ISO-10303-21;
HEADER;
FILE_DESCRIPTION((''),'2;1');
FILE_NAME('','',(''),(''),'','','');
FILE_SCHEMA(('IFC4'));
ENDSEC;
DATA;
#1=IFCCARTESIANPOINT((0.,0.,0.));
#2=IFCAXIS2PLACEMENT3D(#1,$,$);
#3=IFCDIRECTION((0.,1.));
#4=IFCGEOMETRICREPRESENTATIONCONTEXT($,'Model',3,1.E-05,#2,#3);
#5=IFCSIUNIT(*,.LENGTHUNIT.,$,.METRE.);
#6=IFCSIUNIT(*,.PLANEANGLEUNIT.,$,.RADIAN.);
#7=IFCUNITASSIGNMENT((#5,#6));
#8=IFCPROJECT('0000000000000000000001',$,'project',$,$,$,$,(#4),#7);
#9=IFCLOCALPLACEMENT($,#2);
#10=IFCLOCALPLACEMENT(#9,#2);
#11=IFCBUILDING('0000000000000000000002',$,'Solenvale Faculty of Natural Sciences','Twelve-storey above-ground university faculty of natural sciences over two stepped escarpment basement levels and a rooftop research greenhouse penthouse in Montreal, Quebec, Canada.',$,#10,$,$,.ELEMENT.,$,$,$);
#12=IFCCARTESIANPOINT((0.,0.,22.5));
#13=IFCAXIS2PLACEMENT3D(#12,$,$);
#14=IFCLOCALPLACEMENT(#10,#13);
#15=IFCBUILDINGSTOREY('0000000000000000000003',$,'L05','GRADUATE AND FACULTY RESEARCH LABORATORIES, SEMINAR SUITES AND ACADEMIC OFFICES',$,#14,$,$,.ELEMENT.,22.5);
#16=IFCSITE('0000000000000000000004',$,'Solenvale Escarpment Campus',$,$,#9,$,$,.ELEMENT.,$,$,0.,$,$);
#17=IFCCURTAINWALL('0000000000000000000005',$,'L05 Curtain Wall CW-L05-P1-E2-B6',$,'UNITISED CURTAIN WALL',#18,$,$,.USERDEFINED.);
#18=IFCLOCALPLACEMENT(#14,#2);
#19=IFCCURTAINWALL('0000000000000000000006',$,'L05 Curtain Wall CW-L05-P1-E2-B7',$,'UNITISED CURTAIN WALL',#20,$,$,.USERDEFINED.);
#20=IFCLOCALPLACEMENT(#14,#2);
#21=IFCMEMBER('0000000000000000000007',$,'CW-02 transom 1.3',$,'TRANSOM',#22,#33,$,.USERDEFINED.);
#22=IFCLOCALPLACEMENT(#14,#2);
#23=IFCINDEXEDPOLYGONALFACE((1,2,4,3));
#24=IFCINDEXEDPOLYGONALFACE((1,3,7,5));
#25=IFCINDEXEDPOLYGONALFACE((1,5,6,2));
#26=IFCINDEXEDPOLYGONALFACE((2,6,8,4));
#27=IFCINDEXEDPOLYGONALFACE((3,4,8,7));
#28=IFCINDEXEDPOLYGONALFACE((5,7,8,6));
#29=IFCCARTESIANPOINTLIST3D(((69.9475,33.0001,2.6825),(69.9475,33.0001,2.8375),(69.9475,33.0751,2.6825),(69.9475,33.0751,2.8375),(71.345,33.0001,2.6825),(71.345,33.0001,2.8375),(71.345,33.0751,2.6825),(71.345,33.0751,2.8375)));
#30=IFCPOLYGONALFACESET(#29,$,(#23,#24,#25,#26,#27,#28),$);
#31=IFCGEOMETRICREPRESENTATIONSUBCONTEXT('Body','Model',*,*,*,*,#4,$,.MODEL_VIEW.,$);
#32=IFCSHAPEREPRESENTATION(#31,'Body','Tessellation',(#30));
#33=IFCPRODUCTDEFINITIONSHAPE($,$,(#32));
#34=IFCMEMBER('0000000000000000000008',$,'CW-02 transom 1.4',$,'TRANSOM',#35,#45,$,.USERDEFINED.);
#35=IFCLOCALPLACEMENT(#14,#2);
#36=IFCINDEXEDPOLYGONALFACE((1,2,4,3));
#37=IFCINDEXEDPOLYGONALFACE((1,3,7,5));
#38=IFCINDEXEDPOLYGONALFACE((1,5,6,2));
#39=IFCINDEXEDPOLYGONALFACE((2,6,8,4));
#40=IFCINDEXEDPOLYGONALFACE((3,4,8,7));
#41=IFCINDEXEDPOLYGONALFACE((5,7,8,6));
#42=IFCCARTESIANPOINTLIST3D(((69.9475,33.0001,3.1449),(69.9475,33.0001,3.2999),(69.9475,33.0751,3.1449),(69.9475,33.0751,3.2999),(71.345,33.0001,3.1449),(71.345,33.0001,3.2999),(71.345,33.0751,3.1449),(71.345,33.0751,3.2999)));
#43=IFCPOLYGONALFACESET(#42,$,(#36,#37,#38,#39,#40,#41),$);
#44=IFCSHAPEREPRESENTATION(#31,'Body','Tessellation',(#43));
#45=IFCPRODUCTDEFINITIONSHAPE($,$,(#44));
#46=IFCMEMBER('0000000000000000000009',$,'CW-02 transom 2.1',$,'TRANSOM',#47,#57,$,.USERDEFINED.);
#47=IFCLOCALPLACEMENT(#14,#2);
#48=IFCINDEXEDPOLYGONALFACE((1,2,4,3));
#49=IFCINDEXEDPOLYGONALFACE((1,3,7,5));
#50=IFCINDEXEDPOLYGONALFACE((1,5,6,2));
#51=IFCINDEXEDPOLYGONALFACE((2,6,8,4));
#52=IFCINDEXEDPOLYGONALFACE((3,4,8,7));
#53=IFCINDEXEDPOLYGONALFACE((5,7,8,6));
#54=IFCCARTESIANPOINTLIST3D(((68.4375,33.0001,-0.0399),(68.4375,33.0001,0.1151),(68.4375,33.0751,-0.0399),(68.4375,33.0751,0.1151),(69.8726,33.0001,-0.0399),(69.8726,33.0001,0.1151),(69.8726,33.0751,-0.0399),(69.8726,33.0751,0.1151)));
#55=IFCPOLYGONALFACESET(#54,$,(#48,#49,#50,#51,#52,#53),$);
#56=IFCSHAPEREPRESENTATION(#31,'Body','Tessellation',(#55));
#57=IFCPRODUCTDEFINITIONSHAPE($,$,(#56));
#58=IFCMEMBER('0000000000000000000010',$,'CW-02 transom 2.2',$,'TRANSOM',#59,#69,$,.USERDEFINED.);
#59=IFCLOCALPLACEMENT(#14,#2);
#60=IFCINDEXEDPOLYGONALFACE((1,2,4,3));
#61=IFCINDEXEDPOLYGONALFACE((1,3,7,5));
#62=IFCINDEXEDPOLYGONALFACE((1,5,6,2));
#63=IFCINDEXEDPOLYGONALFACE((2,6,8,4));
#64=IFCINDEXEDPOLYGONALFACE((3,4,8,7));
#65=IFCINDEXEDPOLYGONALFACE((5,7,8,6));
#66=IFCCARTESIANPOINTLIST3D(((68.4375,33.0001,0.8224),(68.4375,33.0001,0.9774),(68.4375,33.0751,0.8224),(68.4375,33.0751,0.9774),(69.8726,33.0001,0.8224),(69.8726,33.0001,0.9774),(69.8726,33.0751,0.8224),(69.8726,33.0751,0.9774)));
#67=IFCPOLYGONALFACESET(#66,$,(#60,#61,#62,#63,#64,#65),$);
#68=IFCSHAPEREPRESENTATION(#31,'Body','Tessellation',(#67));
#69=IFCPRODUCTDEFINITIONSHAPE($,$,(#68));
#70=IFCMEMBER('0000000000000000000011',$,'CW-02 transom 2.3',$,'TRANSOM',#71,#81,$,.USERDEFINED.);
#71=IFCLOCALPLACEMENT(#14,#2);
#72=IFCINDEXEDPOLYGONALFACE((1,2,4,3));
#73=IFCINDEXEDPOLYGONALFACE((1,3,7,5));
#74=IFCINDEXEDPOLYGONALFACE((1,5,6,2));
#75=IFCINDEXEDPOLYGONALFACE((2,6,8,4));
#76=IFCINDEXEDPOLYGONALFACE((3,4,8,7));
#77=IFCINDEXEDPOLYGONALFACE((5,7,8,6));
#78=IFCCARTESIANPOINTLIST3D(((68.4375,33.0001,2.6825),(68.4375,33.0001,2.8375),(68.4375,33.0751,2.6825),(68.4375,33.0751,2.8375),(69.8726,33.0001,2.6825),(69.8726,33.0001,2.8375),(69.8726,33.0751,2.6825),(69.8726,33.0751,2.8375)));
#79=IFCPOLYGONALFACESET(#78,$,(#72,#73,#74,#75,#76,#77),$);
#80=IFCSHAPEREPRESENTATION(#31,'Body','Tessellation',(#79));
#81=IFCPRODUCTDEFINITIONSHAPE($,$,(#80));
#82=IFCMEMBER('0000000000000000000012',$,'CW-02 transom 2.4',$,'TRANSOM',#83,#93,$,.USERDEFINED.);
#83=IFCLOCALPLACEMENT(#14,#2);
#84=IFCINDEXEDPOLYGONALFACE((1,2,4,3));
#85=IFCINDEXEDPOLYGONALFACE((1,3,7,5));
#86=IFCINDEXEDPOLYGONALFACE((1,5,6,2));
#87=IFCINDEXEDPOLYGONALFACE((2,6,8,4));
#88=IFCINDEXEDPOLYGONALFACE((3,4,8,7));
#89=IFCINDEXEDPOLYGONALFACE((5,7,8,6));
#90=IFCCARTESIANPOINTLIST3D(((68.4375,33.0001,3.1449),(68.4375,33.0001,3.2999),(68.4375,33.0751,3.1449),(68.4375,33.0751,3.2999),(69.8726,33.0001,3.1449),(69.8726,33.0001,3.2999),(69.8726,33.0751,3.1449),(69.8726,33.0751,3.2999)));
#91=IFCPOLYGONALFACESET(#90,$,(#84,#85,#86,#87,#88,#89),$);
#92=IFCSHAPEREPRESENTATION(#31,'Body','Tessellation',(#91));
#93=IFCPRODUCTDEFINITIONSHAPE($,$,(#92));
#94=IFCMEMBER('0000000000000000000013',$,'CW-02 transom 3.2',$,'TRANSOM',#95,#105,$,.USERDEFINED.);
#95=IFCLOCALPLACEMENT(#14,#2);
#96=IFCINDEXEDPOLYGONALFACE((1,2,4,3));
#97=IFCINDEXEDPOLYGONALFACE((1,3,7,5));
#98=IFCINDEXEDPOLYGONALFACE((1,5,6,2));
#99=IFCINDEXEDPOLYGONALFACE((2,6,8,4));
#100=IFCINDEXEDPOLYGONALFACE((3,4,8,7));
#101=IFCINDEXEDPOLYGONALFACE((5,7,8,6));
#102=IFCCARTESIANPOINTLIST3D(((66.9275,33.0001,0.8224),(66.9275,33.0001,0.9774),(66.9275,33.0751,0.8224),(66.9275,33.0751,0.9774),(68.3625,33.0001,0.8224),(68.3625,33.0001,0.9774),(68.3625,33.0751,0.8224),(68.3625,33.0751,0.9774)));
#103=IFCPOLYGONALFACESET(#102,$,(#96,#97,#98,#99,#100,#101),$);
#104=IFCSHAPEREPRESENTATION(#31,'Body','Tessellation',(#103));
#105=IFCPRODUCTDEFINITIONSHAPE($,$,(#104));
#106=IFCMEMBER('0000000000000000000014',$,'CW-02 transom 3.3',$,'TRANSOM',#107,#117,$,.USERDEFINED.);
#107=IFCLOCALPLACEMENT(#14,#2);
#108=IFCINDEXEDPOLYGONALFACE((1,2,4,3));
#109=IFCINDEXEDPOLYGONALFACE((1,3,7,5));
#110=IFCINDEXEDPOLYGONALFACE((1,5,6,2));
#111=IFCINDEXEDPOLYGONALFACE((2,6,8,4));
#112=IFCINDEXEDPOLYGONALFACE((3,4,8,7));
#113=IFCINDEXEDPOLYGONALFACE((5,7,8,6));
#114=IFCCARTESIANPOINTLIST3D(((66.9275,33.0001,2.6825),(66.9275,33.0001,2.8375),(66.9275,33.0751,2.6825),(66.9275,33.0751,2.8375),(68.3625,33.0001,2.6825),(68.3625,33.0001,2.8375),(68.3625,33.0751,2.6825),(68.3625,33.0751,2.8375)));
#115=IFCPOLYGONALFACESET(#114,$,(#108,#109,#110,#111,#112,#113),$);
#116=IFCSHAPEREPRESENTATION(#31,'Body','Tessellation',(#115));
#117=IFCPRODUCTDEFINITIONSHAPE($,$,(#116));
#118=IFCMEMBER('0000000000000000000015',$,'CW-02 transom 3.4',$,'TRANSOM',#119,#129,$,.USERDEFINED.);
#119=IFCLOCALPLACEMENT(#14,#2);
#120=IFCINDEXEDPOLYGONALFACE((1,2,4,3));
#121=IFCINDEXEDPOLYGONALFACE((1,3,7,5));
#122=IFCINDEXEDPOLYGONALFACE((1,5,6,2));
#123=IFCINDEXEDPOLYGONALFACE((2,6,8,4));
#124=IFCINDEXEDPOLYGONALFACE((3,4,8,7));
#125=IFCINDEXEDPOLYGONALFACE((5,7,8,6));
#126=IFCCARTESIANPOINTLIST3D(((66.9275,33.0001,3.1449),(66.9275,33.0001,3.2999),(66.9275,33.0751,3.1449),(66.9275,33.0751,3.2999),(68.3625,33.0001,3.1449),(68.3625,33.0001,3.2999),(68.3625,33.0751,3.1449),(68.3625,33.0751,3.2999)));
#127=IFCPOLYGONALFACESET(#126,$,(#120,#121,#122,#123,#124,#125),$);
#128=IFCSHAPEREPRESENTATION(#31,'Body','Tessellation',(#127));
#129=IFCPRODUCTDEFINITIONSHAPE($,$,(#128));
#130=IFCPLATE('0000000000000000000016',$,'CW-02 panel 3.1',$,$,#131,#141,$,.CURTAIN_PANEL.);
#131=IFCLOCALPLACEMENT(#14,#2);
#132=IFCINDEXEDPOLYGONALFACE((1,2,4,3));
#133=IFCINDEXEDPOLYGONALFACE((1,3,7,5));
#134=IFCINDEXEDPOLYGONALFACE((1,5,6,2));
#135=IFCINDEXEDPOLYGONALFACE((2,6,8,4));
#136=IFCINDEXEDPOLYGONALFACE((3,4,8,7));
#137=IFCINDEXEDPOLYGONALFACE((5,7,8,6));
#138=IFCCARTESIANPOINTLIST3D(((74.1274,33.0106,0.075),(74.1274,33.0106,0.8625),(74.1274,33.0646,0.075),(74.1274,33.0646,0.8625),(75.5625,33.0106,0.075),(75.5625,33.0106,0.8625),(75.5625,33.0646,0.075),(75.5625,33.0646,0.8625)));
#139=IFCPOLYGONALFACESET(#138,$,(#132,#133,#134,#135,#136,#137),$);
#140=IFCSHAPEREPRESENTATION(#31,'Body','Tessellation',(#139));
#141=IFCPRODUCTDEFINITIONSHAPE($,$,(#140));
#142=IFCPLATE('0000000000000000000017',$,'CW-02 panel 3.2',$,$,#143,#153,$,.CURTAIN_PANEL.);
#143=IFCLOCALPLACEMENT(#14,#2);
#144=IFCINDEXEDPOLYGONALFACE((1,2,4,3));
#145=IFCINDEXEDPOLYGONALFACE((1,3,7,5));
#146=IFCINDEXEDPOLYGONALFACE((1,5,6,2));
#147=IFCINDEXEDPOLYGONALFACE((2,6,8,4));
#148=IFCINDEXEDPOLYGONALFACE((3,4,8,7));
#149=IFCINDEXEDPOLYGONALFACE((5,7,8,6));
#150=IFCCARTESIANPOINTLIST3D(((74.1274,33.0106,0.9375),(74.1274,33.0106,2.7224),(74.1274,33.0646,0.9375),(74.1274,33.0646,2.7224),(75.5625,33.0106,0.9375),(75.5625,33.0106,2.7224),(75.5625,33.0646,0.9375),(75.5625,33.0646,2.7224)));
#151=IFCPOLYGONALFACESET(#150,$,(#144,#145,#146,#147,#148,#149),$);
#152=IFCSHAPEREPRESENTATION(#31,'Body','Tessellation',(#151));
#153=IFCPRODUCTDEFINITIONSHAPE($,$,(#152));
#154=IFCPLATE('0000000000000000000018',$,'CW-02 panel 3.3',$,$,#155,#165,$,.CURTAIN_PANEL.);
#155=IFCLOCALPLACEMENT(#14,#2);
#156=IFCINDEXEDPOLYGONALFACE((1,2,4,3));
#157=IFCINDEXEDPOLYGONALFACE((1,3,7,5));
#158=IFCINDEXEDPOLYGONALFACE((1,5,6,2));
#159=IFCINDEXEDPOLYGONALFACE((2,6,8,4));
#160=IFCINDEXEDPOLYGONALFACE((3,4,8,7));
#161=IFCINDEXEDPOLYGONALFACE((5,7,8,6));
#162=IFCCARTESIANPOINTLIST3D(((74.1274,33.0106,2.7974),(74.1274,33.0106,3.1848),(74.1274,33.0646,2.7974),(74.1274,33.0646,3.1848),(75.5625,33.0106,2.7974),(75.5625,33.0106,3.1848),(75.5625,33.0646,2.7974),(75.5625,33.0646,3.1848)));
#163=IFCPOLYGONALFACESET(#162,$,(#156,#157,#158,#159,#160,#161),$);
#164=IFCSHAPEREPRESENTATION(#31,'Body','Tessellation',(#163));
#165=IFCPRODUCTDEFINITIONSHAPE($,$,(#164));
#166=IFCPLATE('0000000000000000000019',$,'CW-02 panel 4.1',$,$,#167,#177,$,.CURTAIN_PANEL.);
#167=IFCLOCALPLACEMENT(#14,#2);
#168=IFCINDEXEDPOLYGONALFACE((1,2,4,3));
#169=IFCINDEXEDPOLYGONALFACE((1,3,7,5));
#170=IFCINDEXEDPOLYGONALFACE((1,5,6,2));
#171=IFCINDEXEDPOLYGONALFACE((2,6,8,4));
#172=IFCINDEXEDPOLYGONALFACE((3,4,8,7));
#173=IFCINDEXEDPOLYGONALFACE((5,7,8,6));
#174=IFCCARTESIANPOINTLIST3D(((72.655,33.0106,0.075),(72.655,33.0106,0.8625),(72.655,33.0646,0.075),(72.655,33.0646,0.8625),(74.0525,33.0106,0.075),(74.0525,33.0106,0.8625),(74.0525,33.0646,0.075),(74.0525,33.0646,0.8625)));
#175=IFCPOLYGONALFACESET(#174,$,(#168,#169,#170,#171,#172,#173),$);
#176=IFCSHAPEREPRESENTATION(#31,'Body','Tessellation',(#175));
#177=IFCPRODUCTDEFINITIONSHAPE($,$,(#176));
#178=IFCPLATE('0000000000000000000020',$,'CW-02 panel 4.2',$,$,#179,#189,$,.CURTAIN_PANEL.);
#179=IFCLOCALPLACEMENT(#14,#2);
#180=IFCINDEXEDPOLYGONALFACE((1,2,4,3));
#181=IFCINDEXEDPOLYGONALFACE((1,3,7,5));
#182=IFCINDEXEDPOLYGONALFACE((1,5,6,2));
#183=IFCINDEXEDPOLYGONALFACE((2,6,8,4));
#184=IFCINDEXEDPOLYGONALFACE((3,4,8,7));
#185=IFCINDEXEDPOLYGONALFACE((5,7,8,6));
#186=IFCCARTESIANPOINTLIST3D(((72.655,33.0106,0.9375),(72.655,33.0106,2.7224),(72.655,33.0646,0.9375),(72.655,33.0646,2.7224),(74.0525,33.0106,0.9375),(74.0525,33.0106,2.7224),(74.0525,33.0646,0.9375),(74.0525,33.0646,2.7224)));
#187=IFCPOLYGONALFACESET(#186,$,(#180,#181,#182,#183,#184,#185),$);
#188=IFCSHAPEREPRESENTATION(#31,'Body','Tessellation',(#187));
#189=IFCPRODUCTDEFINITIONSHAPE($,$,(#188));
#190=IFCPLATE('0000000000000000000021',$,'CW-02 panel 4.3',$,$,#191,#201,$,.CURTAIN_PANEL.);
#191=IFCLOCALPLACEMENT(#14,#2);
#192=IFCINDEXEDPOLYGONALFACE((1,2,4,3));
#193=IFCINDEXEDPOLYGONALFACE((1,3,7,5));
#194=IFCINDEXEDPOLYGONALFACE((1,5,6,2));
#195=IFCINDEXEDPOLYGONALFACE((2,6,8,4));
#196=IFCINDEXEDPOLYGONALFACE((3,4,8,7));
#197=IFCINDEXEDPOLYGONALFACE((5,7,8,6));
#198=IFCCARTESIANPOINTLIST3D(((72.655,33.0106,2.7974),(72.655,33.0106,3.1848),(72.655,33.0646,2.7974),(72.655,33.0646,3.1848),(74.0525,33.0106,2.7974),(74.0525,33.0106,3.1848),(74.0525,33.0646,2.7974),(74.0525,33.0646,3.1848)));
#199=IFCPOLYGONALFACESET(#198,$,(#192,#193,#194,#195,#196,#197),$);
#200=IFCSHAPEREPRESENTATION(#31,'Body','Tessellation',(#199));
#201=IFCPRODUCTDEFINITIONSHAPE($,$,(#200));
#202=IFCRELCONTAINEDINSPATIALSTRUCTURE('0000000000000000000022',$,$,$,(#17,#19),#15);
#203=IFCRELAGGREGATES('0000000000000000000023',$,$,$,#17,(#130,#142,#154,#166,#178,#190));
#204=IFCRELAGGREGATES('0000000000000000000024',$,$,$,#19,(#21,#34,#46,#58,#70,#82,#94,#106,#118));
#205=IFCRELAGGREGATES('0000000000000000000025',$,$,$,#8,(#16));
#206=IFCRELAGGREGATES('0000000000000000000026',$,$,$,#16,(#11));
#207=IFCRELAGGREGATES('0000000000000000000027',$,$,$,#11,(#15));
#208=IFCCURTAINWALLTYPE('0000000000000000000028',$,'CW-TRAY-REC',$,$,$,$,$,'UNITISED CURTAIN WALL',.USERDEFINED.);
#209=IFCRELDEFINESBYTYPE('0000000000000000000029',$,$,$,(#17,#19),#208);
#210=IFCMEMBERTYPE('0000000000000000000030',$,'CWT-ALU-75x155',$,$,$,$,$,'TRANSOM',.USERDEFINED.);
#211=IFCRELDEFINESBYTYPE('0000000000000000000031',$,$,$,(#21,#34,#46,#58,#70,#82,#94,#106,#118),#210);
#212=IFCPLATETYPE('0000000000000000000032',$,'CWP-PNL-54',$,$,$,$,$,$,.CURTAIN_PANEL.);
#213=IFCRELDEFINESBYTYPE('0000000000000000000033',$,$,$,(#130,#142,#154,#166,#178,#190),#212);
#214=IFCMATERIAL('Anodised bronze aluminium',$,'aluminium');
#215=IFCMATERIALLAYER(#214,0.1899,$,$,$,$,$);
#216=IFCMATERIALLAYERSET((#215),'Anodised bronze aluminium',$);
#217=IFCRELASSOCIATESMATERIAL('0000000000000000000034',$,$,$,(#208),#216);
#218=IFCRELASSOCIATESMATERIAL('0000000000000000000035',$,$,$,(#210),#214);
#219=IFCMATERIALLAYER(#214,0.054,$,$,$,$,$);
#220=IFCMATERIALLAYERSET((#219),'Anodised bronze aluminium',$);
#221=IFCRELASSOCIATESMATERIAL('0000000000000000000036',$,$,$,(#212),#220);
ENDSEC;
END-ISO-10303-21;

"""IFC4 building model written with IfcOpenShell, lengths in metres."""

from ifc_helpers import new_model, si_unit, direction, frame, origin, origin_2d, place, context, subcontext, project, spatial, rectangle, extrude, material, layer, layer_set, material_profile, profile_set, type_object, element, aggregate, save


model = new_model("IFC4")

# Units and contexts
model_context = context("Model", 3, precision=1e-05, world=origin(), true_north=direction((0.0, 1.0)))
body_context = subcontext(model_context, "Body", "Model", "MODEL_VIEW")
ifc_project = project(units=[si_unit("LENGTHUNIT", "METRE"), si_unit("PLANEANGLEUNIT", "RADIAN")], contexts=[model_context])

# Site, building, storey
site_placement = place(None, origin())
site = spatial("IfcSite", under=ifc_project, at=site_placement, Name="Solenvale Escarpment Campus", CompositionType="ELEMENT", RefElevation=0.0)
building_placement = place(site_placement, origin())
building = spatial("IfcBuilding", under=site, at=building_placement, Name="Solenvale Faculty of Natural Sciences", Description="Twelve-storey above-ground university faculty of natural sciences over two stepped escarpment basement levels and a rooftop research greenhouse penthouse in Montreal, Quebec, Canada.", CompositionType="ELEMENT")
storey_placement = place(building_placement, frame((0.0, 0.0, 22.5)))
storey = spatial("IfcBuildingStorey", under=building, at=storey_placement, Name="L05", Description="GRADUATE AND FACULTY RESEARCH LABORATORIES, SEMINAR SUITES AND ACADEMIC OFFICES", CompositionType="ELEMENT", Elevation=22.5)

# Curtain walls
ifc_material_1 = material(Name="Anodised bronze aluminium", Category="aluminium")
ifc_layer_1 = layer(ifc_material_1, 0.1899)
ifc_layer_set_1 = layer_set([ifc_layer_1], Name="Anodised bronze aluminium")
curtain_wall_type = type_object("IfcCurtainWallType", Name="CW-TRAY-REC", ElementType="UNITISED CURTAIN WALL", PredefinedType="USERDEFINED", material=ifc_layer_set_1)
curtain_wall_1_placement = place(storey_placement, origin())
curtain_wall_1 = element("IfcCurtainWall", 1, at=curtain_wall_1_placement, inside=storey, type_object=curtain_wall_type, Name="L05 Curtain Wall CW-L05-P1-E2-B6", ObjectType="UNITISED CURTAIN WALL", PredefinedType="USERDEFINED")
curtain_wall_2_placement = place(storey_placement, origin())
curtain_wall_2 = element("IfcCurtainWall", 2, at=curtain_wall_2_placement, inside=storey, type_object=curtain_wall_type, Name="L05 Curtain Wall CW-L05-P1-E2-B7", ObjectType="UNITISED CURTAIN WALL", PredefinedType="USERDEFINED")

# Members
ifc_material_profile_1 = material_profile(ifc_material_1, rectangle(XDim=0.075, YDim=0.155, at=origin_2d()), Name="ALU-TRN-75x155")
ifc_profile_set_1 = profile_set([ifc_material_profile_1], Name="Anodised bronze aluminium")
member_type_1 = type_object("IfcMemberType", Name="CWT-ALU-75x155", ElementType="TRANSOM", PredefinedType="USERDEFINED", material=ifc_profile_set_1)
member_1_placement = place(storey_placement, frame((71.345, 33.0376, 2.76), z_axis=(-1.0, 0.0, 0.0), x_axis=(0.0, -1.0, 0.0)))
member_1 = element("IfcMember", 3, at=member_1_placement, type_object=member_type_1, Name="CW-02 transom 1.3", ObjectType="TRANSOM", PredefinedType="USERDEFINED", context=body_context, shape_type="SweptSolid", body=[
    extrude(rectangle(XDim=0.075, YDim=0.155, at=origin_2d()), origin(), (0.0, 0.0, 1.0), 1.3975),
])
member_2_placement = place(storey_placement, frame((71.345, 33.0376, 3.2224), z_axis=(-1.0, 0.0, 0.0), x_axis=(0.0, -1.0, 0.0)))
member_2 = element("IfcMember", 4, at=member_2_placement, type_object=member_type_1, Name="CW-02 transom 1.4", ObjectType="TRANSOM", PredefinedType="USERDEFINED", context=body_context, shape_type="SweptSolid", body=[
    extrude(rectangle(XDim=0.075, YDim=0.155, at=origin_2d()), origin(), (0.0, 0.0, 1.0), 1.3975),
])
member_3_placement = place(storey_placement, frame((69.8726, 33.0376, 0.0376), z_axis=(-1.0, 0.0, 0.0), x_axis=(0.0, -1.0, 0.0)))
member_3 = element("IfcMember", 5, at=member_3_placement, type_object=member_type_1, Name="CW-02 transom 2.1", ObjectType="TRANSOM", PredefinedType="USERDEFINED", context=body_context, shape_type="SweptSolid", body=[
    extrude(rectangle(XDim=0.075, YDim=0.155, at=origin_2d()), origin(), (0.0, 0.0, 1.0), 1.4351),
])
member_4_placement = place(storey_placement, frame((69.8726, 33.0376, 0.8999), z_axis=(-1.0, 0.0, 0.0), x_axis=(0.0, -1.0, 0.0)))
member_4 = element("IfcMember", 6, at=member_4_placement, type_object=member_type_1, Name="CW-02 transom 2.2", ObjectType="TRANSOM", PredefinedType="USERDEFINED", context=body_context, shape_type="SweptSolid", body=[
    extrude(rectangle(XDim=0.075, YDim=0.155, at=origin_2d()), origin(), (0.0, 0.0, 1.0), 1.4351),
])
member_5_placement = place(storey_placement, frame((69.8726, 33.0376, 2.76), z_axis=(-1.0, 0.0, 0.0), x_axis=(0.0, -1.0, 0.0)))
member_5 = element("IfcMember", 7, at=member_5_placement, type_object=member_type_1, Name="CW-02 transom 2.3", ObjectType="TRANSOM", PredefinedType="USERDEFINED", context=body_context, shape_type="SweptSolid", body=[
    extrude(rectangle(XDim=0.075, YDim=0.155, at=origin_2d()), origin(), (0.0, 0.0, 1.0), 1.4351),
])
member_6_placement = place(storey_placement, frame((69.8726, 33.0376, 3.2224), z_axis=(-1.0, 0.0, 0.0), x_axis=(0.0, -1.0, 0.0)))
member_6 = element("IfcMember", 8, at=member_6_placement, type_object=member_type_1, Name="CW-02 transom 2.4", ObjectType="TRANSOM", PredefinedType="USERDEFINED", context=body_context, shape_type="SweptSolid", body=[
    extrude(rectangle(XDim=0.075, YDim=0.155, at=origin_2d()), origin(), (0.0, 0.0, 1.0), 1.4351),
])
member_7_placement = place(storey_placement, frame((68.3625, 33.0376, 0.8999), z_axis=(-1.0, 0.0, 0.0), x_axis=(0.0, -1.0, 0.0)))
member_7 = element("IfcMember", 9, at=member_7_placement, type_object=member_type_1, Name="CW-02 transom 3.2", ObjectType="TRANSOM", PredefinedType="USERDEFINED", context=body_context, shape_type="SweptSolid", body=[
    extrude(rectangle(XDim=0.075, YDim=0.155, at=origin_2d()), origin(), (0.0, 0.0, 1.0), 1.4351),
])
member_8_placement = place(storey_placement, frame((68.3625, 33.0376, 2.76), z_axis=(-1.0, 0.0, 0.0), x_axis=(0.0, -1.0, 0.0)))
member_8 = element("IfcMember", 10, at=member_8_placement, type_object=member_type_1, Name="CW-02 transom 3.3", ObjectType="TRANSOM", PredefinedType="USERDEFINED", context=body_context, shape_type="SweptSolid", body=[
    extrude(rectangle(XDim=0.075, YDim=0.155, at=origin_2d()), origin(), (0.0, 0.0, 1.0), 1.4351),
])
member_9_placement = place(storey_placement, frame((68.3625, 33.0376, 3.2224), z_axis=(-1.0, 0.0, 0.0), x_axis=(0.0, -1.0, 0.0)))
member_9 = element("IfcMember", 11, at=member_9_placement, type_object=member_type_1, Name="CW-02 transom 3.4", ObjectType="TRANSOM", PredefinedType="USERDEFINED", context=body_context, shape_type="SweptSolid", body=[
    extrude(rectangle(XDim=0.075, YDim=0.155, at=origin_2d()), origin(), (0.0, 0.0, 1.0), 1.4351),
])

# Plates
ifc_layer_2 = layer(ifc_material_1, 0.054)
ifc_layer_set_2 = layer_set([ifc_layer_2], Name="Anodised bronze aluminium")
plate_type_1 = type_object("IfcPlateType", Name="CWP-PNL-54", PredefinedType="CURTAIN_PANEL", material=ifc_layer_set_2)
plate_1_placement = place(storey_placement, frame((74.845, 33.0376, 0.075), z_axis=(0.0, 0.0, 1.0), x_axis=(-1.0, 0.0, 0.0)))
plate_1 = element("IfcPlate", 12, at=plate_1_placement, type_object=plate_type_1, Name="CW-02 panel 3.1", PredefinedType="CURTAIN_PANEL", context=body_context, shape_type="SweptSolid", body=[
    extrude(rectangle(XDim=1.4351, YDim=0.054, at=origin_2d()), origin(), (0.0, 0.0, 1.0), 0.7876),
])
plate_2_placement = place(storey_placement, frame((74.845, 33.0376, 0.9375), z_axis=(0.0, 0.0, 1.0), x_axis=(-1.0, 0.0, 0.0)))
plate_2 = element("IfcPlate", 13, at=plate_2_placement, type_object=plate_type_1, Name="CW-02 panel 3.2", PredefinedType="CURTAIN_PANEL", context=body_context, shape_type="SweptSolid", body=[
    extrude(rectangle(XDim=1.4351, YDim=0.054, at=origin_2d()), origin(), (0.0, 0.0, 1.0), 1.7849),
])
plate_3_placement = place(storey_placement, frame((74.845, 33.0376, 2.7974), z_axis=(0.0, 0.0, 1.0), x_axis=(-1.0, 0.0, 0.0)))
plate_3 = element("IfcPlate", 14, at=plate_3_placement, type_object=plate_type_1, Name="CW-02 panel 3.3", PredefinedType="CURTAIN_PANEL", context=body_context, shape_type="SweptSolid", body=[
    extrude(rectangle(XDim=1.4351, YDim=0.054, at=origin_2d()), origin(), (0.0, 0.0, 1.0), 0.3875),
])
plate_4_placement = place(storey_placement, frame((73.3538, 33.0376, 0.075), z_axis=(0.0, 0.0, 1.0), x_axis=(-1.0, 0.0, 0.0)))
plate_4 = element("IfcPlate", 15, at=plate_4_placement, type_object=plate_type_1, Name="CW-02 panel 4.1", PredefinedType="CURTAIN_PANEL", context=body_context, shape_type="SweptSolid", body=[
    extrude(rectangle(XDim=1.3975, YDim=0.054, at=origin_2d()), origin(), (0.0, 0.0, 1.0), 0.7876),
])
plate_5_placement = place(storey_placement, frame((73.3538, 33.0376, 0.9375), z_axis=(0.0, 0.0, 1.0), x_axis=(-1.0, 0.0, 0.0)))
plate_5 = element("IfcPlate", 16, at=plate_5_placement, type_object=plate_type_1, Name="CW-02 panel 4.2", PredefinedType="CURTAIN_PANEL", context=body_context, shape_type="SweptSolid", body=[
    extrude(rectangle(XDim=1.3975, YDim=0.054, at=origin_2d()), origin(), (0.0, 0.0, 1.0), 1.7849),
])
plate_6_placement = place(storey_placement, frame((73.3538, 33.0376, 2.7974), z_axis=(0.0, 0.0, 1.0), x_axis=(-1.0, 0.0, 0.0)))
plate_6 = element("IfcPlate", 17, at=plate_6_placement, type_object=plate_type_1, Name="CW-02 panel 4.3", PredefinedType="CURTAIN_PANEL", context=body_context, shape_type="SweptSolid", body=[
    extrude(rectangle(XDim=1.3975, YDim=0.054, at=origin_2d()), origin(), (0.0, 0.0, 1.0), 0.3875),
])
aggregate(curtain_wall_1, [plate_1, plate_2, plate_3, plate_4, plate_5, plate_6])
aggregate(curtain_wall_2, [member_1, member_2, member_3, member_4, member_5, member_6, member_7, member_8, member_9])

save(model, "model.ifc")
